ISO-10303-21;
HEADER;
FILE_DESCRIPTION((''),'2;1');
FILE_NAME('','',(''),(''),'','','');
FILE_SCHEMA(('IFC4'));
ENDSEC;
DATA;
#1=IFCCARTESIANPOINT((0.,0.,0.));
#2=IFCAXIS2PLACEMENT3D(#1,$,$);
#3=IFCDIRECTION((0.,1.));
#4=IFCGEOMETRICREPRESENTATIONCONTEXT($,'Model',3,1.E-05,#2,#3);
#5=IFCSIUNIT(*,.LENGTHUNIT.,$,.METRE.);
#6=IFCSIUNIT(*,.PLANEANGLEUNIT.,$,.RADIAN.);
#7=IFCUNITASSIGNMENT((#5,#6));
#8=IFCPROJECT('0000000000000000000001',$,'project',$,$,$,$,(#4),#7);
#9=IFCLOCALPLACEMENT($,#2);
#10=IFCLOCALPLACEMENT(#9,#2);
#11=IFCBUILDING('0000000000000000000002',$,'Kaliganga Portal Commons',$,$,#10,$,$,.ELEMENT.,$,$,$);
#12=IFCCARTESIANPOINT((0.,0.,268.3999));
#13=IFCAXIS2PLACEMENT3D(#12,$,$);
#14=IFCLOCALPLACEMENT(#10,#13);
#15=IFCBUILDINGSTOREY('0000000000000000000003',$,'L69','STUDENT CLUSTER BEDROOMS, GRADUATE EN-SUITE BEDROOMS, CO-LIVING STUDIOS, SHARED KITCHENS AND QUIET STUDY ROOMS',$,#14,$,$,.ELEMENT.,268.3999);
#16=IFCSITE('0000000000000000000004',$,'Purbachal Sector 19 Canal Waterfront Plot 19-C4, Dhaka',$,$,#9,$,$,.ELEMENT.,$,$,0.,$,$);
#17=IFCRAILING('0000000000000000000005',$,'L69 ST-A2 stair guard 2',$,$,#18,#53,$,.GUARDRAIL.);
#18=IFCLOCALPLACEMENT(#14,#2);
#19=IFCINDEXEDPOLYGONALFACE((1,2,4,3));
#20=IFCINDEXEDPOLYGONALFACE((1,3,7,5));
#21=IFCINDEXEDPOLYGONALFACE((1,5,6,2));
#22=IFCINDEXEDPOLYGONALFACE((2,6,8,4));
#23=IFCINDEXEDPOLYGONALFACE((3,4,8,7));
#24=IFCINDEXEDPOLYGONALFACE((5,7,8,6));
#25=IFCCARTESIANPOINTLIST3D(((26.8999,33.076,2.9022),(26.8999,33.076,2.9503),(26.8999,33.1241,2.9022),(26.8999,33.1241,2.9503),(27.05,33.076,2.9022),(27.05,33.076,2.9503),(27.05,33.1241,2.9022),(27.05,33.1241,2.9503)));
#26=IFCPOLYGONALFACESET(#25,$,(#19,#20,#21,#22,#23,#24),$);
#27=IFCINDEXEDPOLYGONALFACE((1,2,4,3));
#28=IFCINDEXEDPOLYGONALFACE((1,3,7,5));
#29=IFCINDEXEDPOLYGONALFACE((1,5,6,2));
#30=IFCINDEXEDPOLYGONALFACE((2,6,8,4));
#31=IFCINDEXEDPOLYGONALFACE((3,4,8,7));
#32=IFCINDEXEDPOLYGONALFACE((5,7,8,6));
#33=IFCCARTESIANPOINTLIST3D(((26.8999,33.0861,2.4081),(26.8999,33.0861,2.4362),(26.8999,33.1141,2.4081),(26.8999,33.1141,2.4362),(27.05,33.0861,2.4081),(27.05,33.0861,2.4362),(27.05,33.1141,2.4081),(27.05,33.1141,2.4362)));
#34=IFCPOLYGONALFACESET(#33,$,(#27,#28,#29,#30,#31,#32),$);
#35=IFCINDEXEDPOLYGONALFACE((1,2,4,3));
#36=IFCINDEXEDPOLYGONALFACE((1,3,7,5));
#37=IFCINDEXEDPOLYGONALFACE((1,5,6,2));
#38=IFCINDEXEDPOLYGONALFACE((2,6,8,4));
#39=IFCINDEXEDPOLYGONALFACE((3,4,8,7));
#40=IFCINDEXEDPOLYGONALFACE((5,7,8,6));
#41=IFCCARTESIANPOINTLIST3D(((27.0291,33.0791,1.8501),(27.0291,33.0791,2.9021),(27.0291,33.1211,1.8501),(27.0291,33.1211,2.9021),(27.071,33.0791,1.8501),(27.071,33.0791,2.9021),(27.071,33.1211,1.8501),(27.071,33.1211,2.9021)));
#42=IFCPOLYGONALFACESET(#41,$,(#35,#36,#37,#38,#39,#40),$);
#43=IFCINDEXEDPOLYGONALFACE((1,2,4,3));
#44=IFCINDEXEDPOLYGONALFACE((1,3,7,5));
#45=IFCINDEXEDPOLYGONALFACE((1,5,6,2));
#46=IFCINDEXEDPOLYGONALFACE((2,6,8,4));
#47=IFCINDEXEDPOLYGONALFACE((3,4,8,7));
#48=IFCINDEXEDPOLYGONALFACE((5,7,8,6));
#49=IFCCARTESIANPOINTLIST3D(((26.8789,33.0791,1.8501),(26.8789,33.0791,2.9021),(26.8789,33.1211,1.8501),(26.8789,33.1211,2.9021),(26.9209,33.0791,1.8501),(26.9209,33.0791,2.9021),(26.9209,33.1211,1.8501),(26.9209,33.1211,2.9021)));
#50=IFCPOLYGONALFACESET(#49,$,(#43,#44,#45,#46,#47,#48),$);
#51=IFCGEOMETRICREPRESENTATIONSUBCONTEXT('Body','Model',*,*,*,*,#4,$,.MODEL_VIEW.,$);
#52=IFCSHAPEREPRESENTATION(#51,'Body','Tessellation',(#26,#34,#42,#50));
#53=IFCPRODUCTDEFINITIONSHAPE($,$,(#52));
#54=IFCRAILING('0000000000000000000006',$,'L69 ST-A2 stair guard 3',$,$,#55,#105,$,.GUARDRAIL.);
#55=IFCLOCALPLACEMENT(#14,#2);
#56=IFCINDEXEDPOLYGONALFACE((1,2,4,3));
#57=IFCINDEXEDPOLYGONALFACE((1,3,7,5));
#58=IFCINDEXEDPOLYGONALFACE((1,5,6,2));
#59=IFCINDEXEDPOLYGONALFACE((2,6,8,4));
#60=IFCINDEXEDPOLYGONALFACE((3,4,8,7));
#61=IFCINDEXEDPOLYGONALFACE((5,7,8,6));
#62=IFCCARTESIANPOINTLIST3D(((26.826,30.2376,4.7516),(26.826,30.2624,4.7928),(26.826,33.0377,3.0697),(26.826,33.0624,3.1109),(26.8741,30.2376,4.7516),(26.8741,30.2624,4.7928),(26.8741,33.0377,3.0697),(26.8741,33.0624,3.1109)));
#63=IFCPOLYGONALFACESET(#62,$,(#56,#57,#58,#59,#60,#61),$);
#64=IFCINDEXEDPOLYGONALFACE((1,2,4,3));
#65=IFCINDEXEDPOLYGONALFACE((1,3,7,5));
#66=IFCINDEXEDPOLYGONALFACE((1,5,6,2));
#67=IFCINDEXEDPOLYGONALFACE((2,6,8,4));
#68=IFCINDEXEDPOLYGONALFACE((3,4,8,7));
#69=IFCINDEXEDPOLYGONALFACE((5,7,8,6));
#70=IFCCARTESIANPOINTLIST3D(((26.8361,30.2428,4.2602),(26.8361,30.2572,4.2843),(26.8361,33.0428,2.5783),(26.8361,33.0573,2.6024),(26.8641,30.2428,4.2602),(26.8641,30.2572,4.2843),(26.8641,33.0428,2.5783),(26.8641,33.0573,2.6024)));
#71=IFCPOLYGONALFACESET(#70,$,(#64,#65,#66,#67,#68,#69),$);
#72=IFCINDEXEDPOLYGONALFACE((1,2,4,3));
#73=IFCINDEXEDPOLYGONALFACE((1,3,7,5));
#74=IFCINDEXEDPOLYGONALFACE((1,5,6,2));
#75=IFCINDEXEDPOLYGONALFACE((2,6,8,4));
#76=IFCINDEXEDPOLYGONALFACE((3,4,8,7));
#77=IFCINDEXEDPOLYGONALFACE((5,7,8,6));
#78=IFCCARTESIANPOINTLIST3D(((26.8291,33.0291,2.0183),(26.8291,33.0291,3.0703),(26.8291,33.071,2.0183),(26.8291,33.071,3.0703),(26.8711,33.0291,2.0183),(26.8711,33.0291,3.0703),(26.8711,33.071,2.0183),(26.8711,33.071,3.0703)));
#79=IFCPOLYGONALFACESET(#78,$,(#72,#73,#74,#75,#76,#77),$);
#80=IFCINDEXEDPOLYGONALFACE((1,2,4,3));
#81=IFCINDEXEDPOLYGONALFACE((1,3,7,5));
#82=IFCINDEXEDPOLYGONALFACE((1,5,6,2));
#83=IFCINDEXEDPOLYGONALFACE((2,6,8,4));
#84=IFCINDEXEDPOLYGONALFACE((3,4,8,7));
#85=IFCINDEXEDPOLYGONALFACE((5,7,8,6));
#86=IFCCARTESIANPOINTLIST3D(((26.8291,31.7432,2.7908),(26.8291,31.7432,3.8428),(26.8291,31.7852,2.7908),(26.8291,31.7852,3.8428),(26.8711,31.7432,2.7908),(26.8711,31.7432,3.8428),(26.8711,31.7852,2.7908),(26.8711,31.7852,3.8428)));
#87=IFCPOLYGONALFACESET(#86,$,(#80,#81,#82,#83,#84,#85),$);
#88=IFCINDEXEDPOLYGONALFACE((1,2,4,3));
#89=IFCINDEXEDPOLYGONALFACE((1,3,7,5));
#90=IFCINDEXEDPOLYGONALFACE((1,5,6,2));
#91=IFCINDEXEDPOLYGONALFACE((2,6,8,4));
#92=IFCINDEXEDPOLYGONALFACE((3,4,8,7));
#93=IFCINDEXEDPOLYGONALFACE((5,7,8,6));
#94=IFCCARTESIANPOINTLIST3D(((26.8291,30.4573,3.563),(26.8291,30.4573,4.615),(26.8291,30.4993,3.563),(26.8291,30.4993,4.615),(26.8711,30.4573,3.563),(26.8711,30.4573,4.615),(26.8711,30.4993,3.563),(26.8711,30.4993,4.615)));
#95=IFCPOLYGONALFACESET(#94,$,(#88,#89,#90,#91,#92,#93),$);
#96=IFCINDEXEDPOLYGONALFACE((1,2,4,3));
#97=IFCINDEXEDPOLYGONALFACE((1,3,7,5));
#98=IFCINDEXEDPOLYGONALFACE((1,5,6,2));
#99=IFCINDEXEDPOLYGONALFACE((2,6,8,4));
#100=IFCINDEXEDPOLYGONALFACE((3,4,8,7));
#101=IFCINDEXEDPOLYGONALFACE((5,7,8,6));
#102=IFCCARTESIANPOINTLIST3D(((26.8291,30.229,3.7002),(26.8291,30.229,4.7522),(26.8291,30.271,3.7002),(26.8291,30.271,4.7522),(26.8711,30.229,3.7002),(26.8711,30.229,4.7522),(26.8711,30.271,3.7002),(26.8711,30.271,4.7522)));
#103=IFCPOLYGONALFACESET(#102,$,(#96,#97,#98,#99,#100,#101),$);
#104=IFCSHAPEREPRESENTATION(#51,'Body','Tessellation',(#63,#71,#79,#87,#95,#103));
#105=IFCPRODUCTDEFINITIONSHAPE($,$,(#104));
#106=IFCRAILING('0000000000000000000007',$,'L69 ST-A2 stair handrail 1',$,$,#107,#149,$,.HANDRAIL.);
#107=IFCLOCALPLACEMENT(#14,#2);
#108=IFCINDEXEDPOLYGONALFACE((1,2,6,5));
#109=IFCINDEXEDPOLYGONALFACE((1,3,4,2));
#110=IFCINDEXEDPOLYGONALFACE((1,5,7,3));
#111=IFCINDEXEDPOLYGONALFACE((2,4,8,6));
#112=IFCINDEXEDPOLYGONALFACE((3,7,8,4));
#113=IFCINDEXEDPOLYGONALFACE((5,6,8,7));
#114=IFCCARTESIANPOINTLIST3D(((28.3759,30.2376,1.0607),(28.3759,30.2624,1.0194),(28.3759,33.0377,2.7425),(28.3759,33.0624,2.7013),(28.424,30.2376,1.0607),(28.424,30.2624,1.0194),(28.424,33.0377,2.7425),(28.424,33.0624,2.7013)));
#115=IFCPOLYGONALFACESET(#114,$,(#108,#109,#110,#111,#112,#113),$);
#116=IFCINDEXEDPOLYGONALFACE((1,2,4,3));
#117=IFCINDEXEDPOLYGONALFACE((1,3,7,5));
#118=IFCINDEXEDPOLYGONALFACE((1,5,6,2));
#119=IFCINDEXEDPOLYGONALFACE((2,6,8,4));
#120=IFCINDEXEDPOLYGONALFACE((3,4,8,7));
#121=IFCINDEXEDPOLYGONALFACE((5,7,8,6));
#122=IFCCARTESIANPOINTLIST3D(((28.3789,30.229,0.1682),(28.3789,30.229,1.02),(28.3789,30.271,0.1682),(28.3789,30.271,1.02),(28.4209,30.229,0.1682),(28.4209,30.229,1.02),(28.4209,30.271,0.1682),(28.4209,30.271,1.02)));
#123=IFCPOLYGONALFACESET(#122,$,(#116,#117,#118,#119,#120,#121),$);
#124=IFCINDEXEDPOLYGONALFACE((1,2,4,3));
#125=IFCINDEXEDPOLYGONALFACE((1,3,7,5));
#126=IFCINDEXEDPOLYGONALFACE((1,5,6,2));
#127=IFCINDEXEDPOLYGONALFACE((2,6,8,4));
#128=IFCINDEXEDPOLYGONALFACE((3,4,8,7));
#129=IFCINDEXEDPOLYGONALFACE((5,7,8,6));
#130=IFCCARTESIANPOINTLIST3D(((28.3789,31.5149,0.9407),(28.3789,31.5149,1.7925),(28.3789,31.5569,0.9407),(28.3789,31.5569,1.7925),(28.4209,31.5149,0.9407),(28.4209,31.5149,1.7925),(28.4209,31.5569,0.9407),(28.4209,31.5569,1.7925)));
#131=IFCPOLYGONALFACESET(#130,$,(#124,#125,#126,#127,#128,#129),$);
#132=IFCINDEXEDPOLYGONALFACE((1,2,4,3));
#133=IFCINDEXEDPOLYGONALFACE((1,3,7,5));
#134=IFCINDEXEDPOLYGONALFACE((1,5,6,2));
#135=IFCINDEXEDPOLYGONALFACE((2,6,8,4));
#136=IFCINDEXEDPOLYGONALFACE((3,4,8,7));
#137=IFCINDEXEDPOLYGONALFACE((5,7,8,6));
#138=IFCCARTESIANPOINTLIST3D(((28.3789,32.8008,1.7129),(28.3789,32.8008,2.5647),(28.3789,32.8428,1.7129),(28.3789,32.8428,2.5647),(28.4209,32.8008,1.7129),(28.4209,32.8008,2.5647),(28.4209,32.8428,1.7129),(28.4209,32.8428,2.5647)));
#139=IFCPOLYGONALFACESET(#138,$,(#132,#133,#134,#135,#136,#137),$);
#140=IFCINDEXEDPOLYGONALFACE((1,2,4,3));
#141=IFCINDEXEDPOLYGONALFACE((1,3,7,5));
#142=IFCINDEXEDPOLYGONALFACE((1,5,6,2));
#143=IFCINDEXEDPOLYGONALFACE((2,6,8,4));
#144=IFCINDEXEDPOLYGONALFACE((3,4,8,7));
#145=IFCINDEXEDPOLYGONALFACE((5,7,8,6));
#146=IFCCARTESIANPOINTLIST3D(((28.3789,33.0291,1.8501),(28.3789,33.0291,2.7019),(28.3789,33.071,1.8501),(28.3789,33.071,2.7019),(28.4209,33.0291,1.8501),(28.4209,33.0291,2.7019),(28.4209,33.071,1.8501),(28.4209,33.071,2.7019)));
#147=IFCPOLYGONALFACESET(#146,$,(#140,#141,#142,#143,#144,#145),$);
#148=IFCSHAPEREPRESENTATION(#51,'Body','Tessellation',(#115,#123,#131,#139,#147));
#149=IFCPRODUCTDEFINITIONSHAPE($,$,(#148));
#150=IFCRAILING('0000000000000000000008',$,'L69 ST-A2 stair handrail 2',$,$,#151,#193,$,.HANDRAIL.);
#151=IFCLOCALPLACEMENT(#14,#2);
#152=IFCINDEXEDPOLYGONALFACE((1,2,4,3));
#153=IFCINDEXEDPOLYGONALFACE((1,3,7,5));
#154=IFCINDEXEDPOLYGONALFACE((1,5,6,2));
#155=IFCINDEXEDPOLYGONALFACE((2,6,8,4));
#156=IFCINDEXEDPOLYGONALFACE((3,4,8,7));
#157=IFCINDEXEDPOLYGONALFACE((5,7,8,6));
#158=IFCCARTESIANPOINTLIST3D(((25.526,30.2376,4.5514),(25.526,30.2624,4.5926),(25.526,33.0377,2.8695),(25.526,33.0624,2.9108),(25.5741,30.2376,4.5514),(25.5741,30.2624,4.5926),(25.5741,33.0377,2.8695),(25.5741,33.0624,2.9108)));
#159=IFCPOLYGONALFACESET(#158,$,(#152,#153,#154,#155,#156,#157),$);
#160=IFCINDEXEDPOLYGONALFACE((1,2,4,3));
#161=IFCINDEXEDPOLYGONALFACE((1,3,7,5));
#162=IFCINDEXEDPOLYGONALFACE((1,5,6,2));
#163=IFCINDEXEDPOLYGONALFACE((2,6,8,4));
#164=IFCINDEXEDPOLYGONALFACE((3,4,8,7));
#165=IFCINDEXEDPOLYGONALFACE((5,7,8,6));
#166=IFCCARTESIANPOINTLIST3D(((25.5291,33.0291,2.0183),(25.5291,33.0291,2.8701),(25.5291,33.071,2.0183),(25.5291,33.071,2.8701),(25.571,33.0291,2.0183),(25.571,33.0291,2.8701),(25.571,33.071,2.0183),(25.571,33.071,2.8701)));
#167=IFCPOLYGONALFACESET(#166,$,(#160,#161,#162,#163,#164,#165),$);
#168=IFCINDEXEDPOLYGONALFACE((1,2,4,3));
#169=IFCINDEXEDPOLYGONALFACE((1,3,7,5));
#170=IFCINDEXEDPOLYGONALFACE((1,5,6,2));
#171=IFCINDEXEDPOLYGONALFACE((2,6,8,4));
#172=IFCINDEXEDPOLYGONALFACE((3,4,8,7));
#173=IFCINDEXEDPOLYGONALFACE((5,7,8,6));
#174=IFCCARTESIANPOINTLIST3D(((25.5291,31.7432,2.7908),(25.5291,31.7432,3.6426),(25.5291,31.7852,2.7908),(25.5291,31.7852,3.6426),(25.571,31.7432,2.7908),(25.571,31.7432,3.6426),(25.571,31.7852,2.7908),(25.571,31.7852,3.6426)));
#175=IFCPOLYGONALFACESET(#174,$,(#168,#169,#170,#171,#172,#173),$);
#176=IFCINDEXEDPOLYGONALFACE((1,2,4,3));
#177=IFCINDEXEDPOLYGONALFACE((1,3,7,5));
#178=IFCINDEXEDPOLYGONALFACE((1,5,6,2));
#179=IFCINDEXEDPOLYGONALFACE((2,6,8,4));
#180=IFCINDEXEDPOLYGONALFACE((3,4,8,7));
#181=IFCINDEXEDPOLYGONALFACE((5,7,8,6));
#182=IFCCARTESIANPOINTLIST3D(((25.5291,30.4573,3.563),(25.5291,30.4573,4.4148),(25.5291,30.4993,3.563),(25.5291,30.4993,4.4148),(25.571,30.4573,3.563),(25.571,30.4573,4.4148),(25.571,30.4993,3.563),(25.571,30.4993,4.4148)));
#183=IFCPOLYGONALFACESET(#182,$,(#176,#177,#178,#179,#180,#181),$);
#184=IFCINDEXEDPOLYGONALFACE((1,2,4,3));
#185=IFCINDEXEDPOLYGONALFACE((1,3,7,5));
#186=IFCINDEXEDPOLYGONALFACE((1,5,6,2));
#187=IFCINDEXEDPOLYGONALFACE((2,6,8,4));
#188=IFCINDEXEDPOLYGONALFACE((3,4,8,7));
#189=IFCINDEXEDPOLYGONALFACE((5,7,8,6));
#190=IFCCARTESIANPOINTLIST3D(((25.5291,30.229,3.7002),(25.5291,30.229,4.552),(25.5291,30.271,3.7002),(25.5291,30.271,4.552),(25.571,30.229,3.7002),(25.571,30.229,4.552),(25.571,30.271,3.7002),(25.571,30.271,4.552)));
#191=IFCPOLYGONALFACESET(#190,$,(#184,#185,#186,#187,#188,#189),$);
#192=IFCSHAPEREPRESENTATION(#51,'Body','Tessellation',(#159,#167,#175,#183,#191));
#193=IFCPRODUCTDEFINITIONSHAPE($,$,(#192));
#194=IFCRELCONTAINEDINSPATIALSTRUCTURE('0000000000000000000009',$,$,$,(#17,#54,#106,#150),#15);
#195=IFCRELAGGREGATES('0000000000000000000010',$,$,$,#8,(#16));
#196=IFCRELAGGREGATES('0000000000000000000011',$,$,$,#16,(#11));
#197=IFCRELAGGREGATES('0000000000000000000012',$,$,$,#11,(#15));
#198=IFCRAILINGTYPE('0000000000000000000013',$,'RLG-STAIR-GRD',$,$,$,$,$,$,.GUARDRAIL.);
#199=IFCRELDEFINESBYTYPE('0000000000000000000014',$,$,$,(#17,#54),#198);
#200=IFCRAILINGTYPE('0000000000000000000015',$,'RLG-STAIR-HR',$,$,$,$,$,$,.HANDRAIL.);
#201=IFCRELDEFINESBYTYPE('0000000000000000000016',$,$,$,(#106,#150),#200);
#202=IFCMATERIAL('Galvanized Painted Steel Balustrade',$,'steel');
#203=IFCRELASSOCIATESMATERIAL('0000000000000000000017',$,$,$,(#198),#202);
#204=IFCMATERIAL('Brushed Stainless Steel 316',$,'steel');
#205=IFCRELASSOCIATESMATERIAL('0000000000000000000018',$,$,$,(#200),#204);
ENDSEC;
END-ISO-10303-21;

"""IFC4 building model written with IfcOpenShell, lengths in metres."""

from ifc_helpers import new_model, si_unit, direction, frame, origin, origin_2d, place, context, subcontext, project, spatial, rectangle, extrude, material, type_object, element, save


model = new_model("IFC4")

# Units and contexts
model_context = context("Model", 3, precision=1e-05, world=origin(), true_north=direction((0.0, 1.0)))
body_context = subcontext(model_context, "Body", "Model", "MODEL_VIEW")
ifc_project = project(units=[si_unit("LENGTHUNIT", "METRE"), si_unit("PLANEANGLEUNIT", "RADIAN")], contexts=[model_context])

# Site, building, storey
site_placement = place(None, origin())
site = spatial("IfcSite", under=ifc_project, at=site_placement, Name="Purbachal Sector 19 Canal Waterfront Plot 19-C4, Dhaka", CompositionType="ELEMENT", RefElevation=0.0)
building_placement = place(site_placement, origin())
building = spatial("IfcBuilding", under=site, at=building_placement, Name="Kaliganga Portal Commons", CompositionType="ELEMENT")
storey_placement = place(building_placement, frame((0.0, 0.0, 268.3999)))
storey = spatial("IfcBuildingStorey", under=building, at=storey_placement, Name="L69", Description="STUDENT CLUSTER BEDROOMS, GRADUATE EN-SUITE BEDROOMS, CO-LIVING STUDIOS, SHARED KITCHENS AND QUIET STUDY ROOMS", CompositionType="ELEMENT", Elevation=268.3999)

# Railings
ifc_material_1 = material(Name="Galvanized Painted Steel Balustrade", Category="steel")
railing_type_1 = type_object("IfcRailingType", Name="RLG-STAIR-GRD", PredefinedType="GUARDRAIL", material=ifc_material_1)
railing_1_placement = place(storey_placement, frame((27.05, 33.1001, 1.8501)))
element("IfcRailing", 1, at=railing_1_placement, inside=storey, type_object=railing_type_1, Name="L69 ST-A2 stair guard 2", PredefinedType="GUARDRAIL", context=body_context, shape_type="SweptSolid", body=[
    extrude(rectangle(XDim=0.0481, YDim=0.0481, at=origin_2d()), frame((0.0, 0.0, 1.0762), z_axis=(-1.0, 0.0, 0.0), x_axis=(0.0, -1.0, 0.0)), (0.0, 0.0, 1.0), 0.1501),
    extrude(rectangle(XDim=0.0281, YDim=0.0281, at=origin_2d()), frame((0.0, 0.0, 0.572), z_axis=(-1.0, 0.0, 0.0), x_axis=(0.0, -1.0, 0.0)), (0.0, 0.0, 1.0), 0.1501),
    extrude(rectangle(XDim=0.042, YDim=0.042, at=origin_2d()), origin(), (0.0, 0.0, 1.0), 1.052),
    extrude(rectangle(XDim=0.042, YDim=0.042, at=origin_2d()), frame((-0.1501, 0.0, 0.0)), (0.0, 0.0, 1.0), 1.052),
])
railing_2_placement = place(storey_placement, frame((26.8501, 33.05, 2.0183)))
element("IfcRailing", 2, at=railing_2_placement, inside=storey, type_object=railing_type_1, Name="L69 ST-A2 stair guard 3", PredefinedType="GUARDRAIL", context=body_context, shape_type="SweptSolid", body=[
    extrude(rectangle(XDim=0.0481, YDim=0.0481, at=origin_2d()), frame((0.0, 0.0, 1.072), z_axis=(0.0, -0.857242, 0.514913), x_axis=(1.0, 0.0, 0.0)), (0.0, 0.0, 1.0), 3.2664),
    extrude(rectangle(XDim=0.0281, YDim=0.0281, at=origin_2d()), frame((0.0, 0.0, 0.572), z_axis=(0.0, -0.857242, 0.514913), x_axis=(1.0, 0.0, 0.0)), (0.0, 0.0, 1.0), 3.2664),
    extrude(rectangle(XDim=0.042, YDim=0.042, at=origin_2d()), origin(), (0.0, 0.0, 1.0), 1.052),
    extrude(rectangle(XDim=0.042, YDim=0.042, at=origin_2d()), frame((0.0, -1.2859, 0.7725)), (0.0, 0.0, 1.0), 1.052),
    extrude(rectangle(XDim=0.042, YDim=0.042, at=origin_2d()), frame((0.0, -2.5718, 1.5447)), (0.0, 0.0, 1.0), 1.052),
    extrude(rectangle(XDim=0.042, YDim=0.042, at=origin_2d()), frame((0.0, -2.8, 1.6819)), (0.0, 0.0, 1.0), 1.052),
])
ifc_material_2 = material(Name="Brushed Stainless Steel 316", Category="steel")
railing_type_2 = type_object("IfcRailingType", Name="RLG-STAIR-HR", PredefinedType="HANDRAIL", material=ifc_material_2)
railing_3_placement = place(storey_placement, frame((28.3999, 30.25, 0.1682)))
element("IfcRailing", 3, at=railing_3_placement, inside=storey, type_object=railing_type_2, Name="L69 ST-A2 stair handrail 1", PredefinedType="HANDRAIL", context=body_context, shape_type="SweptSolid", body=[
    extrude(rectangle(XDim=0.0481, YDim=0.0481, at=origin_2d()), frame((0.0, 0.0, 0.8718), z_axis=(0.0, 0.857242, 0.514913), x_axis=(-1.0, 0.0, 0.0)), (0.0, 0.0, 1.0), 3.2664),
    extrude(rectangle(XDim=0.042, YDim=0.042, at=origin_2d()), origin(), (0.0, 0.0, 1.0), 0.8518),
    extrude(rectangle(XDim=0.042, YDim=0.042, at=origin_2d()), frame((0.0, 1.2859, 0.7725)), (0.0, 0.0, 1.0), 0.8518),
    extrude(rectangle(XDim=0.042, YDim=0.042, at=origin_2d()), frame((0.0, 2.5718, 1.5447)), (0.0, 0.0, 1.0), 0.8518),
    extrude(rectangle(XDim=0.042, YDim=0.042, at=origin_2d()), frame((0.0, 2.8, 1.6819)), (0.0, 0.0, 1.0), 0.8518),
])
railing_4_placement = place(storey_placement, frame((25.55, 33.05, 2.0183)))
element("IfcRailing", 4, at=railing_4_placement, inside=storey, type_object=railing_type_2, Name="L69 ST-A2 stair handrail 2", PredefinedType="HANDRAIL", context=body_context, shape_type="SweptSolid", body=[
    extrude(rectangle(XDim=0.0481, YDim=0.0481, at=origin_2d()), frame((0.0, 0.0, 0.8718), z_axis=(0.0, -0.857242, 0.514913), x_axis=(1.0, 0.0, 0.0)), (0.0, 0.0, 1.0), 3.2664),
    extrude(rectangle(XDim=0.042, YDim=0.042, at=origin_2d()), origin(), (0.0, 0.0, 1.0), 0.8518),
    extrude(rectangle(XDim=0.042, YDim=0.042, at=origin_2d()), frame((0.0, -1.2859, 0.7725)), (0.0, 0.0, 1.0), 0.8518),
    extrude(rectangle(XDim=0.042, YDim=0.042, at=origin_2d()), frame((0.0, -2.5718, 1.5447)), (0.0, 0.0, 1.0), 0.8518),
    extrude(rectangle(XDim=0.042, YDim=0.042, at=origin_2d()), frame((0.0, -2.8, 1.6819)), (0.0, 0.0, 1.0), 0.8518),
])

save(model, "model.ifc")
